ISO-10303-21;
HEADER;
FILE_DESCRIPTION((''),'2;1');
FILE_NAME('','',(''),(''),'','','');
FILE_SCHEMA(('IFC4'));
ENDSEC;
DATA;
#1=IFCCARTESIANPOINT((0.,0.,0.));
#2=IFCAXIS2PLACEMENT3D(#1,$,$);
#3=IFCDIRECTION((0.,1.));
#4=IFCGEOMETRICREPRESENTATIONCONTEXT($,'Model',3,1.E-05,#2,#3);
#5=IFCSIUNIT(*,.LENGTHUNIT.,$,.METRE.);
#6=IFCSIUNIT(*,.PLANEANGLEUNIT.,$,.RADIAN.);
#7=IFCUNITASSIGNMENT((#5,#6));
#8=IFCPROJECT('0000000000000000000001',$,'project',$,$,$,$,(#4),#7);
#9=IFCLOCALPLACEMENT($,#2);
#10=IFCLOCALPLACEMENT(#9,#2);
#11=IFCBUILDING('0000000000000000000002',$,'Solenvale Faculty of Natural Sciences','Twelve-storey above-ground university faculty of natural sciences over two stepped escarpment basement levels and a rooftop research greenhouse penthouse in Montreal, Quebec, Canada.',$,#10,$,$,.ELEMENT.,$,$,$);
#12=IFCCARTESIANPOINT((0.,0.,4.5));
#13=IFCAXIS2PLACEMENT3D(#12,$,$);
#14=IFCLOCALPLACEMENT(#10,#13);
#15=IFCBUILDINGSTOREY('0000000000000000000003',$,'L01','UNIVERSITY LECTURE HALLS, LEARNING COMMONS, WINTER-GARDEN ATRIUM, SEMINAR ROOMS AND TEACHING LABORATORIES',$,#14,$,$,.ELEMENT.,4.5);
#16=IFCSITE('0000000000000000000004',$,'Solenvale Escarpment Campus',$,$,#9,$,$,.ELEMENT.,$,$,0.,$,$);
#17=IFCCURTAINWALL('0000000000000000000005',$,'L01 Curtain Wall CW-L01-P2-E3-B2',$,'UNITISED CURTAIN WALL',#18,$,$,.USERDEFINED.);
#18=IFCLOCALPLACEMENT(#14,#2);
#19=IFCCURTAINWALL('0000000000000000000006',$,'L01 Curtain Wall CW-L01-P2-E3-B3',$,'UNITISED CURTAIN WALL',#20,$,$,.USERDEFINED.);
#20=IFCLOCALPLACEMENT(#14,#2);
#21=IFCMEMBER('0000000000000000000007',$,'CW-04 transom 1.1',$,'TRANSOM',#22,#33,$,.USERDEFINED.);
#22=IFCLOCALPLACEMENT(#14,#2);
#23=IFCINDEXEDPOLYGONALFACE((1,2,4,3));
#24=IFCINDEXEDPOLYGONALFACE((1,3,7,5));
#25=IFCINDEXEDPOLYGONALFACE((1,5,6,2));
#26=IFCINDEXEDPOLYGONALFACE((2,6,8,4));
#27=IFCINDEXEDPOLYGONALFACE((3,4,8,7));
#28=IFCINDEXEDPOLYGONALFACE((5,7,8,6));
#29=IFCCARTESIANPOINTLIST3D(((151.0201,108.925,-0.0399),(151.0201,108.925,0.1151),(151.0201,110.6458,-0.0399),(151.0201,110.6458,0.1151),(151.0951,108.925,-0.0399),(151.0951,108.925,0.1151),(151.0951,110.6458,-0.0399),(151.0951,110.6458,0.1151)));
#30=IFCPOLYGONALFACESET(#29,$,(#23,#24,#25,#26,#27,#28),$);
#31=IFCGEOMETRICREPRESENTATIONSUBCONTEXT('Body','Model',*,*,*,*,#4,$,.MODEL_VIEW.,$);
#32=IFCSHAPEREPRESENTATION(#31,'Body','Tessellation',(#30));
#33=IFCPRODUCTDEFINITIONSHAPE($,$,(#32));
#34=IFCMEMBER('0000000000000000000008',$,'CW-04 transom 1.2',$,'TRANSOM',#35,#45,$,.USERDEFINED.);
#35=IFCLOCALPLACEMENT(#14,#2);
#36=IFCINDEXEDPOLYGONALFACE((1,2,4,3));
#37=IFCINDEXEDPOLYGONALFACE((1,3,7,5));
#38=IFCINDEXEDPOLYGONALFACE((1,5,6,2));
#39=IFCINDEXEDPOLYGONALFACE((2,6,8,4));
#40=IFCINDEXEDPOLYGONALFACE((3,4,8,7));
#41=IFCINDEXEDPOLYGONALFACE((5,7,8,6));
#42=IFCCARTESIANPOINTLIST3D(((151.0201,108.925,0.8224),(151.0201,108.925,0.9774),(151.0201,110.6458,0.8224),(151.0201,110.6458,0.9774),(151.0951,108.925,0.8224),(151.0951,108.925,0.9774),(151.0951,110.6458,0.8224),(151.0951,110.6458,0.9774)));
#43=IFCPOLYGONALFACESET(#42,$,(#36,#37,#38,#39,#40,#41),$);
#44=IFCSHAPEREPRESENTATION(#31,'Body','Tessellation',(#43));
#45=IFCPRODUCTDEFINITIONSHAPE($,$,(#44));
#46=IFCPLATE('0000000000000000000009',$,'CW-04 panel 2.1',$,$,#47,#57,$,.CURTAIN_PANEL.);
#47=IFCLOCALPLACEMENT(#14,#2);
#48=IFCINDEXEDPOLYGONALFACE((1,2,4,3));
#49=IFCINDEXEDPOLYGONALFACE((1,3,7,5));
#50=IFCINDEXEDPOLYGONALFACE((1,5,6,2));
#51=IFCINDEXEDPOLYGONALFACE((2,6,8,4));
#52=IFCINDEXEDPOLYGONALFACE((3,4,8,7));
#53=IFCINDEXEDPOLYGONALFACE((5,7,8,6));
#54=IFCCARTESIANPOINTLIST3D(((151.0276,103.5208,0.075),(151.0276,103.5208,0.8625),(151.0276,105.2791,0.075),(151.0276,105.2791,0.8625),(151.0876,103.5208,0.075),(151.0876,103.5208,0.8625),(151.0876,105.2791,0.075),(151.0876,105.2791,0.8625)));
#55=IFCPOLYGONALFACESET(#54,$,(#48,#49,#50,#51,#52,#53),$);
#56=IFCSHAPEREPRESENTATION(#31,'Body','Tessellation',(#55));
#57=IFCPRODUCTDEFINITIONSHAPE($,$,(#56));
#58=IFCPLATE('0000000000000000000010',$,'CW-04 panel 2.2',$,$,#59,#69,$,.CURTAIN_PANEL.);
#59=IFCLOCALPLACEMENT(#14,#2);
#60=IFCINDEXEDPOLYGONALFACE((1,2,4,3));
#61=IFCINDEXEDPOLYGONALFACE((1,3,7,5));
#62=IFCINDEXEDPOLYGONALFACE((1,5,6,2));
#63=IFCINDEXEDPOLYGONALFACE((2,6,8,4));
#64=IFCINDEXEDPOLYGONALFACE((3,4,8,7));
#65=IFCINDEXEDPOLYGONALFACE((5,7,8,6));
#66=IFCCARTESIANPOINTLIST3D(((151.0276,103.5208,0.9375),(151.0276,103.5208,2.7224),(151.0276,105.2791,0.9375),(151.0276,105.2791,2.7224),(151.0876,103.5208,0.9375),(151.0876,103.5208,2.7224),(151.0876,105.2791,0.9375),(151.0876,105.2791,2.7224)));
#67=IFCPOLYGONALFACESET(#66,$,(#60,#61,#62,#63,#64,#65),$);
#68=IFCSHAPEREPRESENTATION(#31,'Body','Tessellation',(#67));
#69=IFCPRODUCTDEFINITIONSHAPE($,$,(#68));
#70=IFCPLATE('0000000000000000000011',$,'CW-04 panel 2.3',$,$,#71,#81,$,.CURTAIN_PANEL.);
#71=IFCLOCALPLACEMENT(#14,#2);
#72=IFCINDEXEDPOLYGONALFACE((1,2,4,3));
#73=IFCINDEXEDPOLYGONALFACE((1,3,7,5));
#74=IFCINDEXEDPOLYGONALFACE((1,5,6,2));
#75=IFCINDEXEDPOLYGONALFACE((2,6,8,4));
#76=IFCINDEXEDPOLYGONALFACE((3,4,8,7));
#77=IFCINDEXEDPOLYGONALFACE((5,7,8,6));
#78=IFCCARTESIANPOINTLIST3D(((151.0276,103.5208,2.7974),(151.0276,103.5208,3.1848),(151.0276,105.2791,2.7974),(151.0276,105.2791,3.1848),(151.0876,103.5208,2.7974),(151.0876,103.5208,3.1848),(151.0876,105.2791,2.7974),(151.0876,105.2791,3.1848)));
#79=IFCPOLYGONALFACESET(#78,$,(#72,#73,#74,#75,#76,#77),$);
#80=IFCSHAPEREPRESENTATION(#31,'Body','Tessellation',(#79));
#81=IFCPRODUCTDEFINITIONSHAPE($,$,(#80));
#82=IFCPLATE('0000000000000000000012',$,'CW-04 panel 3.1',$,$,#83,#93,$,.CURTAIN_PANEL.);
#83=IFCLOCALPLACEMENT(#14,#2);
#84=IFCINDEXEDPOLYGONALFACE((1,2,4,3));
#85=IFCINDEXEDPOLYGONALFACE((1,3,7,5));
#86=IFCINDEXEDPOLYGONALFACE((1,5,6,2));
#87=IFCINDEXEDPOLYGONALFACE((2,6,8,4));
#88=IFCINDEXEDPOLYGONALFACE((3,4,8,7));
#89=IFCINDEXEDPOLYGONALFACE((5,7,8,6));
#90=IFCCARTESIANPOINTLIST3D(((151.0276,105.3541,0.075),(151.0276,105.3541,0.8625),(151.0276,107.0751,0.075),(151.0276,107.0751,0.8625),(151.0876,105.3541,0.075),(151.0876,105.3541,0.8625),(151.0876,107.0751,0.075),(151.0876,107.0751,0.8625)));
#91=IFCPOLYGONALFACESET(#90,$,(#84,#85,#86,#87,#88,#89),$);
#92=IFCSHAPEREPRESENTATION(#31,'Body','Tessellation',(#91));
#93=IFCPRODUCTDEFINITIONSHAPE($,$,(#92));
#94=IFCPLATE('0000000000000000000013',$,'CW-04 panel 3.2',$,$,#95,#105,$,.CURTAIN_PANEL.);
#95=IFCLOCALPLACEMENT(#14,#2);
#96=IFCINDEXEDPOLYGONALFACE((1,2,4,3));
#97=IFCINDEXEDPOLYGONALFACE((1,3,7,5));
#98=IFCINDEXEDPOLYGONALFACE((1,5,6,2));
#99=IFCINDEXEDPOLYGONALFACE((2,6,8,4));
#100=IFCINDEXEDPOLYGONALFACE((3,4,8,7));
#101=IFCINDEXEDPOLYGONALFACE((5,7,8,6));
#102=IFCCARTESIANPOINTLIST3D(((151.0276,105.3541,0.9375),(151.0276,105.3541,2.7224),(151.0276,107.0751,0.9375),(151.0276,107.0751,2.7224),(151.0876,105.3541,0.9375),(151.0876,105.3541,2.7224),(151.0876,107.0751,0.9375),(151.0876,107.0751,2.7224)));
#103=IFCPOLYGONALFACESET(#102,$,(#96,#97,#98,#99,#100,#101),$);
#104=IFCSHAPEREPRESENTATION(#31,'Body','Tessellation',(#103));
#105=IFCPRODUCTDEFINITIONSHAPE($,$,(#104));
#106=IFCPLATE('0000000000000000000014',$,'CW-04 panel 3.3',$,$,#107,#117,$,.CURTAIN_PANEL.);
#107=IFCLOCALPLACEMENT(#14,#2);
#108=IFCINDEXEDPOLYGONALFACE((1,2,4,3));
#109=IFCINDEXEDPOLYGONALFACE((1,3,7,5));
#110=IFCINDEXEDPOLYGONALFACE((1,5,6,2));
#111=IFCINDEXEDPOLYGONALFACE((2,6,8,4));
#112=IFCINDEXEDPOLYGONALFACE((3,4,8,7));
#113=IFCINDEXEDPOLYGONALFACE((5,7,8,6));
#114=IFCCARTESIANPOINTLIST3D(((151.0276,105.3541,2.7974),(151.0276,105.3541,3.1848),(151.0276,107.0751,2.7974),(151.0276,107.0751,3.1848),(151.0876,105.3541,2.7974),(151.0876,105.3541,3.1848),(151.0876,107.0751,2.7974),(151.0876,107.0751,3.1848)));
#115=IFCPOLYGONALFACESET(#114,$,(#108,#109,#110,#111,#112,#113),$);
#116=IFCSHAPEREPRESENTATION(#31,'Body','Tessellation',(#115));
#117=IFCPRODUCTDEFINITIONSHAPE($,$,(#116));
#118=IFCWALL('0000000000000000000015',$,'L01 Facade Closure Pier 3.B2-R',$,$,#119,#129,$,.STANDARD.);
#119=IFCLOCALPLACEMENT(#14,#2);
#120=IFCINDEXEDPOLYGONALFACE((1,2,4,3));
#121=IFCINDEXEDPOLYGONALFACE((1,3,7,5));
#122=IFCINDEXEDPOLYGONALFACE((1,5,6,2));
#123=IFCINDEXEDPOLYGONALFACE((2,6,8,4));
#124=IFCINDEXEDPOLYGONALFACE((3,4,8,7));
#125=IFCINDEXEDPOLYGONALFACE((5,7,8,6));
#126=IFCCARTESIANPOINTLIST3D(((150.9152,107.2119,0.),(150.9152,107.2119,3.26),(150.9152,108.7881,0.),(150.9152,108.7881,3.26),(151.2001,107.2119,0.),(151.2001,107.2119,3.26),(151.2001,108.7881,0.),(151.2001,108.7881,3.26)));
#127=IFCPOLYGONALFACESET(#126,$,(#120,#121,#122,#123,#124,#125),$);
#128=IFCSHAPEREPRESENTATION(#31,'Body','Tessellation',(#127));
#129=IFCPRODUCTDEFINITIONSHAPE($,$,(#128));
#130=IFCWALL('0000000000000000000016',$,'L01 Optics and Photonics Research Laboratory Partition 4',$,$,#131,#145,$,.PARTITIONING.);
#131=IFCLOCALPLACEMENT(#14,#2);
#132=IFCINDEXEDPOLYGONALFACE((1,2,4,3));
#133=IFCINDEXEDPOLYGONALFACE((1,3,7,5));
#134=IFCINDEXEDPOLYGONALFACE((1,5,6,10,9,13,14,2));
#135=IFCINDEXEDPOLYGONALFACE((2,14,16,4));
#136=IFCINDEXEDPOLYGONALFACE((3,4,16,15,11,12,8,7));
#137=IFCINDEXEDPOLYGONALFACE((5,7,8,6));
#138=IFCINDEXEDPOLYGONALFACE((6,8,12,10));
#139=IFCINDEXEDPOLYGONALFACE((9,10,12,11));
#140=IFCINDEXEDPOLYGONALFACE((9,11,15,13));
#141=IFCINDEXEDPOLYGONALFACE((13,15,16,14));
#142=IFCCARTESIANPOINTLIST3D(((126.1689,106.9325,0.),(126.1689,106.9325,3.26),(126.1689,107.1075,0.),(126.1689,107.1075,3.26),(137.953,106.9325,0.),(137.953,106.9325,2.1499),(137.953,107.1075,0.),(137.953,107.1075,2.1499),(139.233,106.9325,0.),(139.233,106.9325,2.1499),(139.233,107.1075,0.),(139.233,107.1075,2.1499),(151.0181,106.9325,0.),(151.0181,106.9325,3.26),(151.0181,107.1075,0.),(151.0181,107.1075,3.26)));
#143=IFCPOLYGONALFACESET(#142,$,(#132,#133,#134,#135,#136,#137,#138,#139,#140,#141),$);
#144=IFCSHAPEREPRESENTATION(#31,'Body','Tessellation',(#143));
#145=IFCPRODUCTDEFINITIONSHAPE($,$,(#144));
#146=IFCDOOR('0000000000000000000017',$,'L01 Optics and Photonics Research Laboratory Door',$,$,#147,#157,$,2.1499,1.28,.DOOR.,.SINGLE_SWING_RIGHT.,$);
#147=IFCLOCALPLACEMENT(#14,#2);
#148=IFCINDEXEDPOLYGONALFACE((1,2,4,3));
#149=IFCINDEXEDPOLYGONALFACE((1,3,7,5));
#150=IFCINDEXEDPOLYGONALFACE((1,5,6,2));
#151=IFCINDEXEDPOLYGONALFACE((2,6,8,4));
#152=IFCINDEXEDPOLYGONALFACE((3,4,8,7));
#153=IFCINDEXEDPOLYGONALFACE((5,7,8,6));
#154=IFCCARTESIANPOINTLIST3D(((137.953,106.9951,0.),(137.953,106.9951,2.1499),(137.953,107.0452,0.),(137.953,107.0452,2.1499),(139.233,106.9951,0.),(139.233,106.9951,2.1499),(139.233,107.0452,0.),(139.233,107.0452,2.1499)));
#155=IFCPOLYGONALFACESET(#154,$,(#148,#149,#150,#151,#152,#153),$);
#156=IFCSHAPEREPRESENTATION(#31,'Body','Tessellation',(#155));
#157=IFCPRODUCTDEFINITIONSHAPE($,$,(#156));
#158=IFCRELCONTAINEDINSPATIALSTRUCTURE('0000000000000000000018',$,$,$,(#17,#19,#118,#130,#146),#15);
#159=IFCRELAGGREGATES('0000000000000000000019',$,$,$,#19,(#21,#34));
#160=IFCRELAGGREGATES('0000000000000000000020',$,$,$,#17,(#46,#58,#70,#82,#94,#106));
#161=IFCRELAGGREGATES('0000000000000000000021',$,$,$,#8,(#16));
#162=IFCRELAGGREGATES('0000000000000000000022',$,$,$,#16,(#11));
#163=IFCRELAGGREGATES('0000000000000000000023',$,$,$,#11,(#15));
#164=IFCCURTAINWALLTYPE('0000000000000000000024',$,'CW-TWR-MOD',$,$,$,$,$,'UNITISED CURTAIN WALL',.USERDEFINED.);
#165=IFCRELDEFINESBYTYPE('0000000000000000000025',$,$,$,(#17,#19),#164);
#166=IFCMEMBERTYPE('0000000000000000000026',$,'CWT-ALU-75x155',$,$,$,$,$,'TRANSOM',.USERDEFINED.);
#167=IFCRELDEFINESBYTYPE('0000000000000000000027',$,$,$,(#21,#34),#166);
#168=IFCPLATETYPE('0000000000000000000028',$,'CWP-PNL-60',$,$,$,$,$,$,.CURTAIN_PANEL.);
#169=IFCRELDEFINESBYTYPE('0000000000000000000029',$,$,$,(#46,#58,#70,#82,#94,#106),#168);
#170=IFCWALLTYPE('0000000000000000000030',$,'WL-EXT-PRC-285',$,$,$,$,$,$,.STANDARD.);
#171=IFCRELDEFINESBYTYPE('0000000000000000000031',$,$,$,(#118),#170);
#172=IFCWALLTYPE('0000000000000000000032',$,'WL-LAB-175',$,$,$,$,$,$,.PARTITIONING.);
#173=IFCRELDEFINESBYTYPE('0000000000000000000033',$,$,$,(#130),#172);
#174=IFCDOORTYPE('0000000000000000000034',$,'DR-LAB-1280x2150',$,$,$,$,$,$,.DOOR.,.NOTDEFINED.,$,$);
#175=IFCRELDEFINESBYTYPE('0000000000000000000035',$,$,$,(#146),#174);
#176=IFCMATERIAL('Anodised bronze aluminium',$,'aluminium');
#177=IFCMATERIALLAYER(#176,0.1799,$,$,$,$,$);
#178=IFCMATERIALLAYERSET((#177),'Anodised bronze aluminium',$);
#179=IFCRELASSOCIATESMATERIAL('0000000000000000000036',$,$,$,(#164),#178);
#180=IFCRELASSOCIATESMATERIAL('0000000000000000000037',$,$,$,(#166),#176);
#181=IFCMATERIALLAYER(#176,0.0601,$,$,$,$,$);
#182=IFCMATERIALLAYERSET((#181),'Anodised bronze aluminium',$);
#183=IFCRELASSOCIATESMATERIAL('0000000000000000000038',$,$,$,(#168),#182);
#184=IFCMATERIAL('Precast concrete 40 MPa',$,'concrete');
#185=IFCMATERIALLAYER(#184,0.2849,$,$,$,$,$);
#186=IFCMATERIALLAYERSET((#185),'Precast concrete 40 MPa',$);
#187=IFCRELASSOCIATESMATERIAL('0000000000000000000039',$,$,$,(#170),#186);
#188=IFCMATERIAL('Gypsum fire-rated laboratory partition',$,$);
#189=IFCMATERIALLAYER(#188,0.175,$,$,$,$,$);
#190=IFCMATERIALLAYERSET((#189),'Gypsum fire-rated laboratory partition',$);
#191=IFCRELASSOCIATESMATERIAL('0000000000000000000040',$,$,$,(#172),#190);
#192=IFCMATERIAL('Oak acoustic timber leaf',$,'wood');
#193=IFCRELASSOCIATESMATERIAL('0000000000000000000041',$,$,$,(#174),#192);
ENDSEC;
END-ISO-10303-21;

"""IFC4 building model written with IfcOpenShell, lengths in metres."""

from ifc_helpers import new_model, si_unit, direction, frame, frame_2d, origin, origin_2d, place, context, subcontext, project, spatial, rectangle, extrude, material, layer, layer_set, material_profile, profile_set, type_object, element, fill, aggregate, save


model = new_model("IFC4")

# Units and contexts
model_context = context("Model", 3, precision=1e-05, world=origin(), true_north=direction((0.0, 1.0)))
body_context = subcontext(model_context, "Body", "Model", "MODEL_VIEW")
ifc_project = project(units=[si_unit("LENGTHUNIT", "METRE"), si_unit("PLANEANGLEUNIT", "RADIAN")], contexts=[model_context])

# Site, building, storey
site_placement = place(None, origin())
site = spatial("IfcSite", under=ifc_project, at=site_placement, Name="Solenvale Escarpment Campus", CompositionType="ELEMENT", RefElevation=0.0)
building_placement = place(site_placement, origin())
building = spatial("IfcBuilding", under=site, at=building_placement, Name="Solenvale Faculty of Natural Sciences", Description="Twelve-storey above-ground university faculty of natural sciences over two stepped escarpment basement levels and a rooftop research greenhouse penthouse in Montreal, Quebec, Canada.", CompositionType="ELEMENT")
storey_placement = place(building_placement, frame((0.0, 0.0, 4.5)))
storey = spatial("IfcBuildingStorey", under=building, at=storey_placement, Name="L01", Description="UNIVERSITY LECTURE HALLS, LEARNING COMMONS, WINTER-GARDEN ATRIUM, SEMINAR ROOMS AND TEACHING LABORATORIES", CompositionType="ELEMENT", Elevation=4.5)

# Curtain wall
ifc_material_1 = material(Name="Anodised bronze aluminium", Category="aluminium")
ifc_layer_1 = layer(ifc_material_1, 0.1799)
ifc_layer_set_1 = layer_set([ifc_layer_1], Name="Anodised bronze aluminium")
curtain_wall_type = type_object("IfcCurtainWallType", Name="CW-TWR-MOD", ElementType="UNITISED CURTAIN WALL", PredefinedType="USERDEFINED", material=ifc_layer_set_1)
curtain_wall_1_placement = place(storey_placement, origin())
curtain_wall_1 = element("IfcCurtainWall", 1, at=curtain_wall_1_placement, inside=storey, type_object=curtain_wall_type, Name="L01 Curtain Wall CW-L01-P2-E3-B2", ObjectType="UNITISED CURTAIN WALL", PredefinedType="USERDEFINED")

# Curtain wall
curtain_wall_2_placement = place(storey_placement, origin())
curtain_wall_2 = element("IfcCurtainWall", 2, at=curtain_wall_2_placement, inside=storey, type_object=curtain_wall_type, Name="L01 Curtain Wall CW-L01-P2-E3-B3", ObjectType="UNITISED CURTAIN WALL", PredefinedType="USERDEFINED")

# Members
ifc_material_profile_1 = material_profile(ifc_material_1, rectangle(XDim=0.075, YDim=0.155, at=origin_2d()), Name="ALU-TRN-75x155")
ifc_profile_set_1 = profile_set([ifc_material_profile_1], Name="Anodised bronze aluminium")
member_type_1 = type_object("IfcMemberType", Name="CWT-ALU-75x155", ElementType="TRANSOM", PredefinedType="USERDEFINED", material=ifc_profile_set_1)
member_1_placement = place(storey_placement, frame((151.0576, 108.925, 0.0376), z_axis=(0.0, 1.0, 0.0), x_axis=(-1.0, 0.0, 0.0)))
member_1 = element("IfcMember", 3, at=member_1_placement, type_object=member_type_1, Name="CW-04 transom 1.1", ObjectType="TRANSOM", PredefinedType="USERDEFINED", context=body_context, shape_type="SweptSolid", body=[
    extrude(rectangle(XDim=0.075, YDim=0.155, at=origin_2d()), origin(), (0.0, 0.0, 1.0), 1.7207),
])
member_2_placement = place(storey_placement, frame((151.0576, 108.925, 0.8999), z_axis=(0.0, 1.0, 0.0), x_axis=(-1.0, 0.0, 0.0)))
member_2 = element("IfcMember", 4, at=member_2_placement, type_object=member_type_1, Name="CW-04 transom 1.2", ObjectType="TRANSOM", PredefinedType="USERDEFINED", context=body_context, shape_type="SweptSolid", body=[
    extrude(rectangle(XDim=0.075, YDim=0.155, at=origin_2d()), origin(), (0.0, 0.0, 1.0), 1.7207),
])
aggregate(curtain_wall_2, [member_1, member_2])

# Plates
ifc_layer_2 = layer(ifc_material_1, 0.0601)
ifc_layer_set_2 = layer_set([ifc_layer_2], Name="Anodised bronze aluminium")
plate_type = type_object("IfcPlateType", Name="CWP-PNL-60", PredefinedType="CURTAIN_PANEL", material=ifc_layer_set_2)
plate_1_placement = place(storey_placement, frame((151.0576, 104.3999, 0.075), z_axis=(0.0, 0.0, 1.0), x_axis=(0.0, 1.0, 0.0)))
plate_1 = element("IfcPlate", 5, at=plate_1_placement, type_object=plate_type, Name="CW-04 panel 2.1", PredefinedType="CURTAIN_PANEL", context=body_context, shape_type="SweptSolid", body=[
    extrude(rectangle(XDim=1.7583, YDim=0.0601, at=origin_2d()), origin(), (0.0, 0.0, 1.0), 0.7876),
])
plate_2_placement = place(storey_placement, frame((151.0576, 104.3999, 0.9375), z_axis=(0.0, 0.0, 1.0), x_axis=(0.0, 1.0, 0.0)))
plate_2 = element("IfcPlate", 6, at=plate_2_placement, type_object=plate_type, Name="CW-04 panel 2.2", PredefinedType="CURTAIN_PANEL", context=body_context, shape_type="SweptSolid", body=[
    extrude(rectangle(XDim=1.7583, YDim=0.0601, at=origin_2d()), origin(), (0.0, 0.0, 1.0), 1.7849),
])
plate_3_placement = place(storey_placement, frame((151.0576, 104.3999, 2.7974), z_axis=(0.0, 0.0, 1.0), x_axis=(0.0, 1.0, 0.0)))
plate_3 = element("IfcPlate", 7, at=plate_3_placement, type_object=plate_type, Name="CW-04 panel 2.3", PredefinedType="CURTAIN_PANEL", context=body_context, shape_type="SweptSolid", body=[
    extrude(rectangle(XDim=1.7583, YDim=0.0601, at=origin_2d()), origin(), (0.0, 0.0, 1.0), 0.3875),
])
plate_4_placement = place(storey_placement, frame((151.0576, 106.2146, 0.075), z_axis=(0.0, 0.0, 1.0), x_axis=(0.0, 1.0, 0.0)))
plate_4 = element("IfcPlate", 8, at=plate_4_placement, type_object=plate_type, Name="CW-04 panel 3.1", PredefinedType="CURTAIN_PANEL", context=body_context, shape_type="SweptSolid", body=[
    extrude(rectangle(XDim=1.7209, YDim=0.0601, at=origin_2d()), origin(), (0.0, 0.0, 1.0), 0.7876),
])
plate_5_placement = place(storey_placement, frame((151.0576, 106.2146, 0.9375), z_axis=(0.0, 0.0, 1.0), x_axis=(0.0, 1.0, 0.0)))
plate_5 = element("IfcPlate", 9, at=plate_5_placement, type_object=plate_type, Name="CW-04 panel 3.2", PredefinedType="CURTAIN_PANEL", context=body_context, shape_type="SweptSolid", body=[
    extrude(rectangle(XDim=1.7209, YDim=0.0601, at=origin_2d()), origin(), (0.0, 0.0, 1.0), 1.7849),
])
plate_6_placement = place(storey_placement, frame((151.0576, 106.2146, 2.7974), z_axis=(0.0, 0.0, 1.0), x_axis=(0.0, 1.0, 0.0)))
plate_6 = element("IfcPlate", 10, at=plate_6_placement, type_object=plate_type, Name="CW-04 panel 3.3", PredefinedType="CURTAIN_PANEL", context=body_context, shape_type="SweptSolid", body=[
    extrude(rectangle(XDim=1.7209, YDim=0.0601, at=origin_2d()), origin(), (0.0, 0.0, 1.0), 0.3875),
])
aggregate(curtain_wall_1, [plate_1, plate_2, plate_3, plate_4, plate_5, plate_6])

# Wall
ifc_material_2 = material(Name="Precast concrete 40 MPa", Category="concrete")
ifc_layer_3 = layer(ifc_material_2, 0.2849)
ifc_layer_set_3 = layer_set([ifc_layer_3], Name="Precast concrete 40 MPa")
wall_type_1 = type_object("IfcWallType", Name="WL-EXT-PRC-285", PredefinedType="STANDARD", material=ifc_layer_set_3)
wall_1_placement = place(storey_placement, frame((151.0576, 107.2119, 0.0), z_axis=(0.0, 0.0, 1.0), x_axis=(0.0, 1.0, 0.0)))
element("IfcWall", 11, at=wall_1_placement, inside=storey, type_object=wall_type_1, Name="L01 Facade Closure Pier 3.B2-R", PredefinedType="STANDARD", context=body_context, shape_type="SweptSolid", body=[
    extrude(rectangle(XDim=1.5762, YDim=0.2849, at=frame_2d((0.7881, 0.0))), origin(), (0.0, 0.0, 1.0), 3.26),
])

# Wall, opening, door
ifc_material_3 = material(Name="Gypsum fire-rated laboratory partition")
ifc_layer_4 = layer(ifc_material_3, 0.175)
ifc_layer_set_4 = layer_set([ifc_layer_4], Name="Gypsum fire-rated laboratory partition")
wall_type_2 = type_object("IfcWallType", Name="WL-LAB-175", PredefinedType="PARTITIONING", material=ifc_layer_set_4)
wall_2_placement = place(storey_placement, frame((151.0181, 107.02, 0.0), z_axis=(0.0, 0.0, 1.0), x_axis=(-1.0, 0.0, 0.0)))
wall_2 = element("IfcWall", 12, at=wall_2_placement, inside=storey, type_object=wall_type_2, Name="L01 Optics and Photonics Research Laboratory Partition 4", PredefinedType="PARTITIONING", context=body_context, shape_type="SweptSolid", body=[
    extrude(rectangle(XDim=24.8491, YDim=0.175, at=frame_2d((12.4246, 0.0))), origin(), (0.0, 0.0, 1.0), 3.26),
])
opening_1_placement = place(wall_2_placement, frame((11.7849, 0.0, 0.0)))
opening_1 = element("IfcOpeningElement", 13, at=opening_1_placement, cuts=wall_2, PredefinedType="OPENING", context=body_context, shape_type="SweptSolid", body=[
    extrude(rectangle(XDim=1.28, YDim=2.1499, at=frame_2d((0.6401, 1.075))), frame((0.0, 0.0974, 0.0), z_axis=(0.0, -1.0, 0.0), x_axis=(1.0, 0.0, 0.0)), (0.0, 0.0, 1.0), 0.1951),
])
ifc_material_4 = material(Name="Oak acoustic timber leaf", Category="wood")
door_type_1 = type_object("IfcDoorType", Name="DR-LAB-1280x2150", OperationType="NOTDEFINED", PredefinedType="DOOR", material=ifc_material_4)
door_1_placement = place(opening_1_placement, origin())
door_1 = element("IfcDoor", 14, at=door_1_placement, inside=storey, type_object=door_type_1, Name="L01 Optics and Photonics Research Laboratory Door", OperationType="SINGLE_SWING_RIGHT", OverallHeight=2.1499, OverallWidth=1.28, PredefinedType="DOOR", context=body_context, shape_type="SweptSolid", body=[
    extrude(rectangle(XDim=1.28, YDim=2.1499, at=frame_2d((0.6401, 1.075))), frame((0.0, 0.0249, 0.0), z_axis=(0.0, -1.0, 0.0), x_axis=(1.0, 0.0, 0.0)), (0.0, 0.0, 1.0), 0.05),
])
fill(opening_1, door_1)

save(model, "model.ifc")
